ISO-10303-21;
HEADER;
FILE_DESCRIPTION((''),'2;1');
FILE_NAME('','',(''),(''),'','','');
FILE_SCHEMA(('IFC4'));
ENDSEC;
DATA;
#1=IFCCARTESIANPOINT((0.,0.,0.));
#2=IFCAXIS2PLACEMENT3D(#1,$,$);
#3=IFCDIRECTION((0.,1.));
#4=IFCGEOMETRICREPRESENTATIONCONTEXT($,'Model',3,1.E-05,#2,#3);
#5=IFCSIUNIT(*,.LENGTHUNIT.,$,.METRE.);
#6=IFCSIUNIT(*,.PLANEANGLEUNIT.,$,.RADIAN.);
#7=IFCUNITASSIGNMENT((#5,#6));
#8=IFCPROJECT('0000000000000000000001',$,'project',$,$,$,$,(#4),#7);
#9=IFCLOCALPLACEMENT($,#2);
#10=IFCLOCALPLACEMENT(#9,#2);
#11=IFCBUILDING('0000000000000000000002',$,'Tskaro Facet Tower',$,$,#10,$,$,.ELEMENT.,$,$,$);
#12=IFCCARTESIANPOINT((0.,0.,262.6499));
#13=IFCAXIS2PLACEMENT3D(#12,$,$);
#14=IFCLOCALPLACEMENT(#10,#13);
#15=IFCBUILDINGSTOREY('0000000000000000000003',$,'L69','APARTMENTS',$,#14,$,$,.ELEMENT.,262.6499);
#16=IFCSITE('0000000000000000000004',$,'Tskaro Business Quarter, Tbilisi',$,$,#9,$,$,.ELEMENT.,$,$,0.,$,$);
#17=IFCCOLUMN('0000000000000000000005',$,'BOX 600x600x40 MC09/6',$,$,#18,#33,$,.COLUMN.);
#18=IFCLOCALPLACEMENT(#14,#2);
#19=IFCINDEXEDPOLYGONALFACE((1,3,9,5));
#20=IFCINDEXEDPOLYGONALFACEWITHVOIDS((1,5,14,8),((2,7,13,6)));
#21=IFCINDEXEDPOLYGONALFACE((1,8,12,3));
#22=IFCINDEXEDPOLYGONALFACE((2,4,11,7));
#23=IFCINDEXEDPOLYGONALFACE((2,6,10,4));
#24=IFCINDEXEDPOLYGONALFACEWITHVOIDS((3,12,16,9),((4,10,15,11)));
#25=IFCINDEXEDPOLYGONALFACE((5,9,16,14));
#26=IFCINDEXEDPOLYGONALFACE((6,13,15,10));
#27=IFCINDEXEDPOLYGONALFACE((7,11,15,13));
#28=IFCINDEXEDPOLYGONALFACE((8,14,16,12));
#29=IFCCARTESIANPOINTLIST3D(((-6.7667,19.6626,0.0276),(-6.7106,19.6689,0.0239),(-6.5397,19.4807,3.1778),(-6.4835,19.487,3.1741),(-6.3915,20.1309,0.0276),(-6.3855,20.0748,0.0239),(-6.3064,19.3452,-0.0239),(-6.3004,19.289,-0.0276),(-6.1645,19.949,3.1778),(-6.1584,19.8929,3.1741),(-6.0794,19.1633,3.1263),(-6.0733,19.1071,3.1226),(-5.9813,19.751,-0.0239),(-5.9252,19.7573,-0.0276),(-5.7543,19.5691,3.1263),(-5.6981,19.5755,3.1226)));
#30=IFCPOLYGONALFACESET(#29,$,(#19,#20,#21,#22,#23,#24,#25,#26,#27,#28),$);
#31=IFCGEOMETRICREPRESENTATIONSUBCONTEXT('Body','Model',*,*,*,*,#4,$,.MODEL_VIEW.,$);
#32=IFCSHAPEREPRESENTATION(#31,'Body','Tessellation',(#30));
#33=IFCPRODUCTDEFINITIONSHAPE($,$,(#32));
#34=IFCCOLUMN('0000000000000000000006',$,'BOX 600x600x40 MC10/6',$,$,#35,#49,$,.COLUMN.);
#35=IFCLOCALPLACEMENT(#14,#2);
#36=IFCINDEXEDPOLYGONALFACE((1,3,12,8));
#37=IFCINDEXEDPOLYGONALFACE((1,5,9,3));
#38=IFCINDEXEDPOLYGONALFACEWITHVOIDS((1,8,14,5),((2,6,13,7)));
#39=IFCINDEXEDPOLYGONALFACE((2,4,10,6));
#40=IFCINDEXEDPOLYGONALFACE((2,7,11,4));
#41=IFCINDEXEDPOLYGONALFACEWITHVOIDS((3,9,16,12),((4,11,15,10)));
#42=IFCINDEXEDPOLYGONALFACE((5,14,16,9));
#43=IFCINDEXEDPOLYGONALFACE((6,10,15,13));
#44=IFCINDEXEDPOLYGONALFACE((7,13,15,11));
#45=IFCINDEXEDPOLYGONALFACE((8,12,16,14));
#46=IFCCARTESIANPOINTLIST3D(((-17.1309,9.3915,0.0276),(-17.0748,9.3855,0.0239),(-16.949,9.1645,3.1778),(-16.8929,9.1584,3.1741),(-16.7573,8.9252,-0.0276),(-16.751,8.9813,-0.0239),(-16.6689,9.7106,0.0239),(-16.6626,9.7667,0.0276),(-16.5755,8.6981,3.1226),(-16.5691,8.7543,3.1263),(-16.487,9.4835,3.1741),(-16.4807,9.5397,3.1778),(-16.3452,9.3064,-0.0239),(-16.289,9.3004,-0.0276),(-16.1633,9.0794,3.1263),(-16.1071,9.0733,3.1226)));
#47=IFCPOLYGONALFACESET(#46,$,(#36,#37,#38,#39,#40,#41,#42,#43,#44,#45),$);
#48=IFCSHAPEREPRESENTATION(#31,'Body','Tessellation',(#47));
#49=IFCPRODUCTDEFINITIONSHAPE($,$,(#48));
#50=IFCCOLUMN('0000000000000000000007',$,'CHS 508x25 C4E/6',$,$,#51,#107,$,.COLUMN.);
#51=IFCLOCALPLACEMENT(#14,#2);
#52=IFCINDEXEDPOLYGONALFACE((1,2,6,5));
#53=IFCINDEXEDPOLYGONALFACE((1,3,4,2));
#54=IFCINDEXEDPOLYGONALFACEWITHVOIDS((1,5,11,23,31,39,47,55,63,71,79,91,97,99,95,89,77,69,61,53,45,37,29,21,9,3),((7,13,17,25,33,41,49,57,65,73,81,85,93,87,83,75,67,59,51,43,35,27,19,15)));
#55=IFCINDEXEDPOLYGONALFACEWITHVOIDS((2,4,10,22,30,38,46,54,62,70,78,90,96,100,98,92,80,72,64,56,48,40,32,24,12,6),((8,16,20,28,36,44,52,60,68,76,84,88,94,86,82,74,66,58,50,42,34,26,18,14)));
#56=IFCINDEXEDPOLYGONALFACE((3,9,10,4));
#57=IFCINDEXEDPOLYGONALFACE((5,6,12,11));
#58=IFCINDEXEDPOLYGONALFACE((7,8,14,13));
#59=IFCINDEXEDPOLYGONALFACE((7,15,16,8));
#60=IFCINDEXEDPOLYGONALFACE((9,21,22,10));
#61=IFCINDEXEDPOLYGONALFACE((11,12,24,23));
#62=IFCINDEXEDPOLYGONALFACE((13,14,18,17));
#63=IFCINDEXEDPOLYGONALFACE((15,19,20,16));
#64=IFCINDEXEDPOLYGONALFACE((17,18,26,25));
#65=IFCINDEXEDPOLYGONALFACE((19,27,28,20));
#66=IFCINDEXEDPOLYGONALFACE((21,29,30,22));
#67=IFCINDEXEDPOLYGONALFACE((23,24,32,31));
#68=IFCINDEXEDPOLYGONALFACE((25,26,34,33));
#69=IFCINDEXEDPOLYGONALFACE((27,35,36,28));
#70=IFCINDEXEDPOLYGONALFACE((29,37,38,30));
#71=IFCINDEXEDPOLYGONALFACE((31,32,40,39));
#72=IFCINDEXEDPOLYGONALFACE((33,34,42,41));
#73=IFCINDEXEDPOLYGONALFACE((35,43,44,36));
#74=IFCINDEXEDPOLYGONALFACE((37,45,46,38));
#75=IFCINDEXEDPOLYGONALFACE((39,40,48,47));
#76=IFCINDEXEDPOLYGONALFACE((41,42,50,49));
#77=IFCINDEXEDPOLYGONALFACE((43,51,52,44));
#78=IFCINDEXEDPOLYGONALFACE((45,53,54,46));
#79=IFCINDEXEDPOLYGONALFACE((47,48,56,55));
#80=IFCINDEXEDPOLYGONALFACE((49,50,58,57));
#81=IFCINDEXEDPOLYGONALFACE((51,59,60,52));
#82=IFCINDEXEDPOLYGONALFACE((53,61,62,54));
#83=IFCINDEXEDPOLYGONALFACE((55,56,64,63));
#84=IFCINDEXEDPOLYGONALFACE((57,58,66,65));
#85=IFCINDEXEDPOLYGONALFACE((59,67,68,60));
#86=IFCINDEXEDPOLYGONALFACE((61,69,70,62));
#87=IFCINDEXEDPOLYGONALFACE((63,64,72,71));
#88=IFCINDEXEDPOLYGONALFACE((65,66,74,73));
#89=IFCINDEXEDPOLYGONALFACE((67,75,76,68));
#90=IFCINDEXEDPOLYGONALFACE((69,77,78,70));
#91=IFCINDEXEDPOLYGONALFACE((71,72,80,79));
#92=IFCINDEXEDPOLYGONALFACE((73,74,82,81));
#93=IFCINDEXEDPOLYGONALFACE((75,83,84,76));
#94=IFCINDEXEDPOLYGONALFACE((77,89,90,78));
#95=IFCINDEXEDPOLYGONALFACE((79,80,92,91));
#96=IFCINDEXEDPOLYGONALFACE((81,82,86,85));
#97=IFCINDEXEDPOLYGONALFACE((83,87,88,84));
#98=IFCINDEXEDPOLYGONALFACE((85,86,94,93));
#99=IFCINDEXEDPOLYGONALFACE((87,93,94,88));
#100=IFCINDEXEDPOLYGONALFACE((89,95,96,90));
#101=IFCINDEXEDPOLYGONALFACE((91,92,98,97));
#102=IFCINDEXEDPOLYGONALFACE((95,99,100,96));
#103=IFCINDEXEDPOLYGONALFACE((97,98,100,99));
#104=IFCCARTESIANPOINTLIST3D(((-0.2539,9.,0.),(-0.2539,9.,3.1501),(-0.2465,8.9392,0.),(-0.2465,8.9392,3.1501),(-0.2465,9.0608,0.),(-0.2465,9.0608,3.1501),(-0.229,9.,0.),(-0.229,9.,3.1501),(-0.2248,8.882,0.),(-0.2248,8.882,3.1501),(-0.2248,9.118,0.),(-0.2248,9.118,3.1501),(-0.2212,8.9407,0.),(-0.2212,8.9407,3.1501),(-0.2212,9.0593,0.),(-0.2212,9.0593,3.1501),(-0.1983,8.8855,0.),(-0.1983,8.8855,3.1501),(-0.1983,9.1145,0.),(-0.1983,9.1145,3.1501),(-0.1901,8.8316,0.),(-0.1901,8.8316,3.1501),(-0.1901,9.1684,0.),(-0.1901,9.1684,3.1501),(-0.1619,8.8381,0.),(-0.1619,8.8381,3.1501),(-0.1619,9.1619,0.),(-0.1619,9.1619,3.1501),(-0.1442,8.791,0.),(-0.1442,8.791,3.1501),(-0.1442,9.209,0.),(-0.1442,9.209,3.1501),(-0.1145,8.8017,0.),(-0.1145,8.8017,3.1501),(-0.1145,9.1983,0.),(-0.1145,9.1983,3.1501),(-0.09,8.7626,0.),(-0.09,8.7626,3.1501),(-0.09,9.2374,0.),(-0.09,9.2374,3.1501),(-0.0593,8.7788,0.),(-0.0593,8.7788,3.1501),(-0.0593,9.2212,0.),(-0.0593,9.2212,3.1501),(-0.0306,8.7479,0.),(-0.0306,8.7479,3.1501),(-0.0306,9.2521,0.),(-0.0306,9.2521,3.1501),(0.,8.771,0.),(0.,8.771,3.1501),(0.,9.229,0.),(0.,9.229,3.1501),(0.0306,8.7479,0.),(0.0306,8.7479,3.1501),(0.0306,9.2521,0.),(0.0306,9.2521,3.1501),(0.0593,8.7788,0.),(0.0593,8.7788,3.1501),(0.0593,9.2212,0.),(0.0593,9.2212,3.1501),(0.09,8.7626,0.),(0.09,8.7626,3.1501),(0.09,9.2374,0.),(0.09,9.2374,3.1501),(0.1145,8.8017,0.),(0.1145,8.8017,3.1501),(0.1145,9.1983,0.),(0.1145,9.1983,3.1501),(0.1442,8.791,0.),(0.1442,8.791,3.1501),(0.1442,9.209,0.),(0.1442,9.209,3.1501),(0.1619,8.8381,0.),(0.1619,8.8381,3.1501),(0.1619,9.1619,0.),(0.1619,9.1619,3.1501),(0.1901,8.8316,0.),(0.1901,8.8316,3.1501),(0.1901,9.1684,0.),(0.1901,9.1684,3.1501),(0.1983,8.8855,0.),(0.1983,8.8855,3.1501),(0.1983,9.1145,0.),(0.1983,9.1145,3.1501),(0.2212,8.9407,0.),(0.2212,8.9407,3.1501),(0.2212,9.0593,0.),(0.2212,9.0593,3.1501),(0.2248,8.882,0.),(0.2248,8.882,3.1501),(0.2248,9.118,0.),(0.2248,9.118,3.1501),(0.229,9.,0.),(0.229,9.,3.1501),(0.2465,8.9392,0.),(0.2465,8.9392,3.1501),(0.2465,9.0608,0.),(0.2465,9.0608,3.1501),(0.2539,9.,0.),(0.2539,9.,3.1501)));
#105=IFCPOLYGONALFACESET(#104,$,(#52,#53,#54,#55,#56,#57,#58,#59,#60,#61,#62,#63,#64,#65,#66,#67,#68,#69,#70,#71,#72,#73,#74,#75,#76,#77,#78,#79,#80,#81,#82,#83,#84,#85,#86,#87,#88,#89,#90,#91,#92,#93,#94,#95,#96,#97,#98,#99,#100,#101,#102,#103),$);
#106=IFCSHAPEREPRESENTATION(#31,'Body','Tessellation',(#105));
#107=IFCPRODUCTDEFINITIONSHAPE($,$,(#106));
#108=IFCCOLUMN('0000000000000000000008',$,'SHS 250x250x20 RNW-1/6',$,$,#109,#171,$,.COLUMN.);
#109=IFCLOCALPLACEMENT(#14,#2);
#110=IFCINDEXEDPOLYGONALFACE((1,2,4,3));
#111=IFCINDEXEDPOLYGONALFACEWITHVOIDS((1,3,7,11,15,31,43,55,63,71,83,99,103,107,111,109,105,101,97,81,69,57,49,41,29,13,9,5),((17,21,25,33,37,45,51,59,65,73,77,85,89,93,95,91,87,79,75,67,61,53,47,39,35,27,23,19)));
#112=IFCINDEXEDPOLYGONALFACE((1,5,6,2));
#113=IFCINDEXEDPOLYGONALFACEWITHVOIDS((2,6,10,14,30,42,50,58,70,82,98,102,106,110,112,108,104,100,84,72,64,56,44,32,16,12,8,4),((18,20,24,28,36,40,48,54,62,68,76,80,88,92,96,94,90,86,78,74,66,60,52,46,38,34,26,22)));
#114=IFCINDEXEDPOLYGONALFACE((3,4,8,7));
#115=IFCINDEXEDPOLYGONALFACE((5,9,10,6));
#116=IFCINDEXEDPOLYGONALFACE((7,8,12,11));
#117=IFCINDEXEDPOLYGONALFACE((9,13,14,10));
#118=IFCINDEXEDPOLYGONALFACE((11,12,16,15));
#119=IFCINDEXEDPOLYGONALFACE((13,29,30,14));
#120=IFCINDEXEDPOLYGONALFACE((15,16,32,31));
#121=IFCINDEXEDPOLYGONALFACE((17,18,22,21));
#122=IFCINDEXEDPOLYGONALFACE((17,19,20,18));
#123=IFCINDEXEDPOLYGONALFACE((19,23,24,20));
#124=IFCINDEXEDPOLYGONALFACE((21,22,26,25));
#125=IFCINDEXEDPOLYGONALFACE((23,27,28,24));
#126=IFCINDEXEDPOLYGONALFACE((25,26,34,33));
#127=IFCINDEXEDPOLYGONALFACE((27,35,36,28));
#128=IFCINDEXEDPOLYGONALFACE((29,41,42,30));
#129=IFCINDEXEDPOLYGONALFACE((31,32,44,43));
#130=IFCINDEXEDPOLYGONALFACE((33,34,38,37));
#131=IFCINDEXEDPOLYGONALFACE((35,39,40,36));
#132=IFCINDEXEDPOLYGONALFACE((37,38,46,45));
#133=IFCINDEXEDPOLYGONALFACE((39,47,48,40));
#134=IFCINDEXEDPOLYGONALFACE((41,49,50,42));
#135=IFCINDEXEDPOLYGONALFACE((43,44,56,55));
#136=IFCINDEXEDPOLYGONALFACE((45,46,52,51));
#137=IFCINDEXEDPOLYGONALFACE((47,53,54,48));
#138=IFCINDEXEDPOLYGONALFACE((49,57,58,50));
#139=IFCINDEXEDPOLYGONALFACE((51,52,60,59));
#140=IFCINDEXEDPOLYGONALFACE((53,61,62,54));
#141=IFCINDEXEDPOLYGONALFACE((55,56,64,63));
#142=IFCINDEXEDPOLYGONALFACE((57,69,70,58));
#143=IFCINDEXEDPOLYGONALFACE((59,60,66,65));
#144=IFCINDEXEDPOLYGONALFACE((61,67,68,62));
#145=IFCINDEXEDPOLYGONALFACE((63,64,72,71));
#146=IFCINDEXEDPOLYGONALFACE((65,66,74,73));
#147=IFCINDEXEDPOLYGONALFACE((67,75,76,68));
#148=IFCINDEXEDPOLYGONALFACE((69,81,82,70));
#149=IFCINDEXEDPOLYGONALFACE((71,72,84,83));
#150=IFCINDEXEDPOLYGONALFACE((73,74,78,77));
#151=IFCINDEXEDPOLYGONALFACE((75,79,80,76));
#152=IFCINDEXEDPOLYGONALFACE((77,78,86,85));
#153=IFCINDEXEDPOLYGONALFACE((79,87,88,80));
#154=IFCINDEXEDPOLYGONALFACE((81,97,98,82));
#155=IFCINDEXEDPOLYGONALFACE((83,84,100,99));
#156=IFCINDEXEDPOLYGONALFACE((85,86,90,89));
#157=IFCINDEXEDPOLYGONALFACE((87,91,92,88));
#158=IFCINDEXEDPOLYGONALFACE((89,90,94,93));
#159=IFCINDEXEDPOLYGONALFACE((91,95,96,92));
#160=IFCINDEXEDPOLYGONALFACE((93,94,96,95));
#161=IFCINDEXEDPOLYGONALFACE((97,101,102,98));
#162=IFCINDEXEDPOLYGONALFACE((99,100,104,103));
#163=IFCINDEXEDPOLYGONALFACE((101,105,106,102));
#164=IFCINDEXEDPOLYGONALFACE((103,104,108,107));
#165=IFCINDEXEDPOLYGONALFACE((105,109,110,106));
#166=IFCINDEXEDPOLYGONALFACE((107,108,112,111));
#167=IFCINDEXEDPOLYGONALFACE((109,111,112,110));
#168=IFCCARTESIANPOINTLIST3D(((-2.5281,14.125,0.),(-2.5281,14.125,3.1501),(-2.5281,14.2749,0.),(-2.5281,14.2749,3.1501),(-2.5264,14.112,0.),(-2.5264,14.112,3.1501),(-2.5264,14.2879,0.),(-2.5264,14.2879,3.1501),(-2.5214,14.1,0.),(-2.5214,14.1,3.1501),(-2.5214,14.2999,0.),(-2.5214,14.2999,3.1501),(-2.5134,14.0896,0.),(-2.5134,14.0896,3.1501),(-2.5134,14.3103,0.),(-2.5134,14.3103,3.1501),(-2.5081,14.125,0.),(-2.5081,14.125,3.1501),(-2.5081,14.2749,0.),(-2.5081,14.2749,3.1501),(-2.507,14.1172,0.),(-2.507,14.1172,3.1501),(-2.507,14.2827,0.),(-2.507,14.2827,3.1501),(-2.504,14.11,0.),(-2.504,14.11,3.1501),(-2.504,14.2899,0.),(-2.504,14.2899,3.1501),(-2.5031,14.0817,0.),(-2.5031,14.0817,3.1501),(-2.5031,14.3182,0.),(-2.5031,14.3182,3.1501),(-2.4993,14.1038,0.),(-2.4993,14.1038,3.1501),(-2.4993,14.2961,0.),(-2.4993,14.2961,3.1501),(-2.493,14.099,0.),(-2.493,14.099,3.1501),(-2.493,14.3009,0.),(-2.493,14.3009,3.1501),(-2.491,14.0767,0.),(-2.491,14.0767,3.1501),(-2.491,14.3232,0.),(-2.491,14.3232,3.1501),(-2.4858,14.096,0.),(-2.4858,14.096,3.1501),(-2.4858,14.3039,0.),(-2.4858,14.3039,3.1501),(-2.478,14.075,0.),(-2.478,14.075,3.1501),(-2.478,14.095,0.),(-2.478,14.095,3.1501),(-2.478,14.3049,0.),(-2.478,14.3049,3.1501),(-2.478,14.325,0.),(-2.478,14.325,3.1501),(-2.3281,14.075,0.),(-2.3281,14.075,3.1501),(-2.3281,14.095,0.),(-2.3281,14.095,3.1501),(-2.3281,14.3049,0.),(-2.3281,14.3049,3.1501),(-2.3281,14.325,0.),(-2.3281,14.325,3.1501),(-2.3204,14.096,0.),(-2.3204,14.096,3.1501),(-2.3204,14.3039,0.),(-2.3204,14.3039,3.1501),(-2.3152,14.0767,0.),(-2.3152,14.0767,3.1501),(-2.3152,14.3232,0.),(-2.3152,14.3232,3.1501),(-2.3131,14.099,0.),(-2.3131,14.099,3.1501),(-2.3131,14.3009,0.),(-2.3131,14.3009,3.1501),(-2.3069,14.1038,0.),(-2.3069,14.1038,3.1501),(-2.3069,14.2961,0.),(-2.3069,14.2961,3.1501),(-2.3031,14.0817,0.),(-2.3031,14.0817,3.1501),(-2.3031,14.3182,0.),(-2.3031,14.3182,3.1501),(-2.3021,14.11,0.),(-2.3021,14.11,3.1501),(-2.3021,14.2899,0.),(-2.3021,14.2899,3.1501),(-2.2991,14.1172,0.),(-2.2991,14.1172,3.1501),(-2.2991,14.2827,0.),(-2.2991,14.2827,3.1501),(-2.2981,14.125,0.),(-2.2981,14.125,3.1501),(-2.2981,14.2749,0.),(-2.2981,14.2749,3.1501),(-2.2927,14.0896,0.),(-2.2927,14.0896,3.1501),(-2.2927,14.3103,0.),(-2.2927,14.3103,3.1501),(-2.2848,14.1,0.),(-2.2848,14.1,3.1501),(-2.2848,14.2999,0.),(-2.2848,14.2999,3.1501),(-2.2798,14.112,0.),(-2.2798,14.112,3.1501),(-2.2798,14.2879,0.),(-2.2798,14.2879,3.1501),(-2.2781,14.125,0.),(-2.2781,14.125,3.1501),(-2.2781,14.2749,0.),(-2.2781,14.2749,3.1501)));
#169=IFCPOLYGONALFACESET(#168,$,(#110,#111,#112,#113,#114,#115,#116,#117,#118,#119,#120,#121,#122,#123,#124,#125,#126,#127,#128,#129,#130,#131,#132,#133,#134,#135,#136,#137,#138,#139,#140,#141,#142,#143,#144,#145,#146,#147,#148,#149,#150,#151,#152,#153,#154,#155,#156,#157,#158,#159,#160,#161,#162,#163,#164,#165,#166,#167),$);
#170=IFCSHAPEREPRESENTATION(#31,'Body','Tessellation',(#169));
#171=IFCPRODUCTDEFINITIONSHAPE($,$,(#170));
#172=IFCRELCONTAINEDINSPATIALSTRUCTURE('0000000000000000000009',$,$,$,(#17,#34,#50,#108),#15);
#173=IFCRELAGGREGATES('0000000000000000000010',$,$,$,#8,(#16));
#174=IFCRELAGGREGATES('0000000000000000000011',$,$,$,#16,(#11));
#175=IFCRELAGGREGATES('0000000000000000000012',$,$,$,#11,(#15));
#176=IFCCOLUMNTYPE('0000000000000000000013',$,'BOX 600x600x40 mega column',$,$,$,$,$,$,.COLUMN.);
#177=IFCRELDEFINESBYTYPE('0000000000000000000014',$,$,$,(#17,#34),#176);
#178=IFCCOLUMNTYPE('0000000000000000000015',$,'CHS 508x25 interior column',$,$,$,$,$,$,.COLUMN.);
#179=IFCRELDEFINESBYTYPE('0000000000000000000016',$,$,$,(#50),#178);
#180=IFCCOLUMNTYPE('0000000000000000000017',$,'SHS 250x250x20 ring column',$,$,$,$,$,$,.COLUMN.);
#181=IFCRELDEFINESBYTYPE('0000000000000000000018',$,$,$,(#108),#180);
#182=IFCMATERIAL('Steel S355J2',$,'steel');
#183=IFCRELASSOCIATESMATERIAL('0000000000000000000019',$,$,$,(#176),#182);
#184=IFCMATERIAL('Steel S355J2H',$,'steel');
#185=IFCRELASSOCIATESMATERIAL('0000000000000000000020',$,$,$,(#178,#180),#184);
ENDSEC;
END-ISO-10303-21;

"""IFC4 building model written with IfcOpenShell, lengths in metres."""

from ifc_helpers import new_model, si_unit, direction, frame, origin, origin_2d, place, context, subcontext, project, spatial, hollow_rectangle, hollow_circle, extrude, material, material_profile, profile_set, type_object, element, save


model = new_model("IFC4")

# Units and contexts
model_context = context("Model", 3, precision=1e-05, world=origin(), true_north=direction((0.0, 1.0)))
body_context = subcontext(model_context, "Body", "Model", "MODEL_VIEW")
ifc_project = project(units=[si_unit("LENGTHUNIT", "METRE"), si_unit("PLANEANGLEUNIT", "RADIAN")], contexts=[model_context])

# Site, building, storey
site_placement = place(None, origin())
site = spatial("IfcSite", under=ifc_project, at=site_placement, Name="Tskaro Business Quarter, Tbilisi", CompositionType="ELEMENT", RefElevation=0.0)
building_placement = place(site_placement, origin())
building = spatial("IfcBuilding", under=site, at=building_placement, Name="Tskaro Facet Tower", CompositionType="ELEMENT")
storey_placement = place(building_placement, frame((0.0, 0.0, 262.6499)))
storey = spatial("IfcBuildingStorey", under=building, at=storey_placement, Name="L69", Description="APARTMENTS", CompositionType="ELEMENT", Elevation=262.6499)

# Columns
ifc_material_1 = material(Name="Steel S355J2", Category="steel")
ifc_material_profile_1 = material_profile(ifc_material_1, hollow_rectangle(XDim=0.6001, YDim=0.6001, WallThickness=0.04, at=origin_2d()), Name="BOX 600x600x40")
ifc_profile_set_1 = profile_set([ifc_material_profile_1], Name="Steel S355J2")
column_type_1 = type_object("IfcColumnType", Name="BOX 600x600x40 mega column", PredefinedType="COLUMN", material=ifc_profile_set_1)
for number, where, z_axis, x_axis, name in (
    (1, (-6.3459, 19.71, 0.0), (0.071771, -0.057494, 0.995763), (0.625207, 0.780459, 0.0), "BOX 600x600x40 MC09/6"),
    (2, (-16.71, 9.3459, 0.0), (0.057494, -0.071771, 0.995763), (0.780459, 0.625207, 0.0), "BOX 600x600x40 MC10/6"),
):
    element("IfcColumn", number, at=place(storey_placement, frame(where, z_axis=z_axis, x_axis=x_axis)), inside=storey, type_object=column_type_1, Name=name, PredefinedType="COLUMN", context=body_context, shape_type="SweptSolid", body=[
        extrude(hollow_rectangle(XDim=0.6001, YDim=0.6001, WallThickness=0.04, at=origin_2d()), origin(), (0.0, 0.0, 1.0), 3.1636),
    ])
ifc_material_2 = material(Name="Steel S355J2H", Category="steel")
ifc_material_profile_2 = material_profile(ifc_material_2, hollow_circle(Radius=0.2539, WallThickness=0.0249, at=origin_2d()), Name="CHS 508x25")
ifc_profile_set_2 = profile_set([ifc_material_profile_2], Name="Steel S355J2H")
column_type_2 = type_object("IfcColumnType", Name="CHS 508x25 interior column", PredefinedType="COLUMN", material=ifc_profile_set_2)
column_placement = place(storey_placement, frame((0.0, 9.0, 0.0), z_axis=(0.0, 0.0, 1.0), x_axis=(1.0, 0.0, 0.0)))
element("IfcColumn", 3, at=column_placement, inside=storey, type_object=column_type_2, Name="CHS 508x25 C4E/6", PredefinedType="COLUMN", context=body_context, shape_type="SweptSolid", body=[
    extrude(hollow_circle(Radius=0.2539, WallThickness=0.0249, at=origin_2d()), origin(), (0.0, 0.0, 1.0), 3.1501),
])
ifc_material_profile_3 = material_profile(ifc_material_2, hollow_rectangle(XDim=0.25, YDim=0.25, WallThickness=0.02, InnerFilletRadius=0.03, OuterFilletRadius=0.05, at=origin_2d()), Name="SHS 250x250x20")
ifc_profile_set_3 = profile_set([ifc_material_profile_3], Name="Steel S355J2H")
column_type_3 = type_object("IfcColumnType", Name="SHS 250x250x20 ring column", PredefinedType="COLUMN", material=ifc_profile_set_3)
for number, where, z_axis, x_axis, name in (
    (4, (-2.4031, 14.2, 0.0), (0.0, 0.0, 1.0), (1.0, 0.0, 0.0), "SHS 250x250x20 RNW-1/6"),
):
    element("IfcColumn", number, at=place(storey_placement, frame(where, z_axis=z_axis, x_axis=x_axis)), inside=storey, type_object=column_type_3, Name=name, PredefinedType="COLUMN", context=body_context, shape_type="SweptSolid", body=[
        extrude(hollow_rectangle(XDim=0.25, YDim=0.25, WallThickness=0.02, InnerFilletRadius=0.03, OuterFilletRadius=0.05, at=origin_2d()), origin(), (0.0, 0.0, 1.0), 3.1501),
    ])

save(model, "model.ifc")
